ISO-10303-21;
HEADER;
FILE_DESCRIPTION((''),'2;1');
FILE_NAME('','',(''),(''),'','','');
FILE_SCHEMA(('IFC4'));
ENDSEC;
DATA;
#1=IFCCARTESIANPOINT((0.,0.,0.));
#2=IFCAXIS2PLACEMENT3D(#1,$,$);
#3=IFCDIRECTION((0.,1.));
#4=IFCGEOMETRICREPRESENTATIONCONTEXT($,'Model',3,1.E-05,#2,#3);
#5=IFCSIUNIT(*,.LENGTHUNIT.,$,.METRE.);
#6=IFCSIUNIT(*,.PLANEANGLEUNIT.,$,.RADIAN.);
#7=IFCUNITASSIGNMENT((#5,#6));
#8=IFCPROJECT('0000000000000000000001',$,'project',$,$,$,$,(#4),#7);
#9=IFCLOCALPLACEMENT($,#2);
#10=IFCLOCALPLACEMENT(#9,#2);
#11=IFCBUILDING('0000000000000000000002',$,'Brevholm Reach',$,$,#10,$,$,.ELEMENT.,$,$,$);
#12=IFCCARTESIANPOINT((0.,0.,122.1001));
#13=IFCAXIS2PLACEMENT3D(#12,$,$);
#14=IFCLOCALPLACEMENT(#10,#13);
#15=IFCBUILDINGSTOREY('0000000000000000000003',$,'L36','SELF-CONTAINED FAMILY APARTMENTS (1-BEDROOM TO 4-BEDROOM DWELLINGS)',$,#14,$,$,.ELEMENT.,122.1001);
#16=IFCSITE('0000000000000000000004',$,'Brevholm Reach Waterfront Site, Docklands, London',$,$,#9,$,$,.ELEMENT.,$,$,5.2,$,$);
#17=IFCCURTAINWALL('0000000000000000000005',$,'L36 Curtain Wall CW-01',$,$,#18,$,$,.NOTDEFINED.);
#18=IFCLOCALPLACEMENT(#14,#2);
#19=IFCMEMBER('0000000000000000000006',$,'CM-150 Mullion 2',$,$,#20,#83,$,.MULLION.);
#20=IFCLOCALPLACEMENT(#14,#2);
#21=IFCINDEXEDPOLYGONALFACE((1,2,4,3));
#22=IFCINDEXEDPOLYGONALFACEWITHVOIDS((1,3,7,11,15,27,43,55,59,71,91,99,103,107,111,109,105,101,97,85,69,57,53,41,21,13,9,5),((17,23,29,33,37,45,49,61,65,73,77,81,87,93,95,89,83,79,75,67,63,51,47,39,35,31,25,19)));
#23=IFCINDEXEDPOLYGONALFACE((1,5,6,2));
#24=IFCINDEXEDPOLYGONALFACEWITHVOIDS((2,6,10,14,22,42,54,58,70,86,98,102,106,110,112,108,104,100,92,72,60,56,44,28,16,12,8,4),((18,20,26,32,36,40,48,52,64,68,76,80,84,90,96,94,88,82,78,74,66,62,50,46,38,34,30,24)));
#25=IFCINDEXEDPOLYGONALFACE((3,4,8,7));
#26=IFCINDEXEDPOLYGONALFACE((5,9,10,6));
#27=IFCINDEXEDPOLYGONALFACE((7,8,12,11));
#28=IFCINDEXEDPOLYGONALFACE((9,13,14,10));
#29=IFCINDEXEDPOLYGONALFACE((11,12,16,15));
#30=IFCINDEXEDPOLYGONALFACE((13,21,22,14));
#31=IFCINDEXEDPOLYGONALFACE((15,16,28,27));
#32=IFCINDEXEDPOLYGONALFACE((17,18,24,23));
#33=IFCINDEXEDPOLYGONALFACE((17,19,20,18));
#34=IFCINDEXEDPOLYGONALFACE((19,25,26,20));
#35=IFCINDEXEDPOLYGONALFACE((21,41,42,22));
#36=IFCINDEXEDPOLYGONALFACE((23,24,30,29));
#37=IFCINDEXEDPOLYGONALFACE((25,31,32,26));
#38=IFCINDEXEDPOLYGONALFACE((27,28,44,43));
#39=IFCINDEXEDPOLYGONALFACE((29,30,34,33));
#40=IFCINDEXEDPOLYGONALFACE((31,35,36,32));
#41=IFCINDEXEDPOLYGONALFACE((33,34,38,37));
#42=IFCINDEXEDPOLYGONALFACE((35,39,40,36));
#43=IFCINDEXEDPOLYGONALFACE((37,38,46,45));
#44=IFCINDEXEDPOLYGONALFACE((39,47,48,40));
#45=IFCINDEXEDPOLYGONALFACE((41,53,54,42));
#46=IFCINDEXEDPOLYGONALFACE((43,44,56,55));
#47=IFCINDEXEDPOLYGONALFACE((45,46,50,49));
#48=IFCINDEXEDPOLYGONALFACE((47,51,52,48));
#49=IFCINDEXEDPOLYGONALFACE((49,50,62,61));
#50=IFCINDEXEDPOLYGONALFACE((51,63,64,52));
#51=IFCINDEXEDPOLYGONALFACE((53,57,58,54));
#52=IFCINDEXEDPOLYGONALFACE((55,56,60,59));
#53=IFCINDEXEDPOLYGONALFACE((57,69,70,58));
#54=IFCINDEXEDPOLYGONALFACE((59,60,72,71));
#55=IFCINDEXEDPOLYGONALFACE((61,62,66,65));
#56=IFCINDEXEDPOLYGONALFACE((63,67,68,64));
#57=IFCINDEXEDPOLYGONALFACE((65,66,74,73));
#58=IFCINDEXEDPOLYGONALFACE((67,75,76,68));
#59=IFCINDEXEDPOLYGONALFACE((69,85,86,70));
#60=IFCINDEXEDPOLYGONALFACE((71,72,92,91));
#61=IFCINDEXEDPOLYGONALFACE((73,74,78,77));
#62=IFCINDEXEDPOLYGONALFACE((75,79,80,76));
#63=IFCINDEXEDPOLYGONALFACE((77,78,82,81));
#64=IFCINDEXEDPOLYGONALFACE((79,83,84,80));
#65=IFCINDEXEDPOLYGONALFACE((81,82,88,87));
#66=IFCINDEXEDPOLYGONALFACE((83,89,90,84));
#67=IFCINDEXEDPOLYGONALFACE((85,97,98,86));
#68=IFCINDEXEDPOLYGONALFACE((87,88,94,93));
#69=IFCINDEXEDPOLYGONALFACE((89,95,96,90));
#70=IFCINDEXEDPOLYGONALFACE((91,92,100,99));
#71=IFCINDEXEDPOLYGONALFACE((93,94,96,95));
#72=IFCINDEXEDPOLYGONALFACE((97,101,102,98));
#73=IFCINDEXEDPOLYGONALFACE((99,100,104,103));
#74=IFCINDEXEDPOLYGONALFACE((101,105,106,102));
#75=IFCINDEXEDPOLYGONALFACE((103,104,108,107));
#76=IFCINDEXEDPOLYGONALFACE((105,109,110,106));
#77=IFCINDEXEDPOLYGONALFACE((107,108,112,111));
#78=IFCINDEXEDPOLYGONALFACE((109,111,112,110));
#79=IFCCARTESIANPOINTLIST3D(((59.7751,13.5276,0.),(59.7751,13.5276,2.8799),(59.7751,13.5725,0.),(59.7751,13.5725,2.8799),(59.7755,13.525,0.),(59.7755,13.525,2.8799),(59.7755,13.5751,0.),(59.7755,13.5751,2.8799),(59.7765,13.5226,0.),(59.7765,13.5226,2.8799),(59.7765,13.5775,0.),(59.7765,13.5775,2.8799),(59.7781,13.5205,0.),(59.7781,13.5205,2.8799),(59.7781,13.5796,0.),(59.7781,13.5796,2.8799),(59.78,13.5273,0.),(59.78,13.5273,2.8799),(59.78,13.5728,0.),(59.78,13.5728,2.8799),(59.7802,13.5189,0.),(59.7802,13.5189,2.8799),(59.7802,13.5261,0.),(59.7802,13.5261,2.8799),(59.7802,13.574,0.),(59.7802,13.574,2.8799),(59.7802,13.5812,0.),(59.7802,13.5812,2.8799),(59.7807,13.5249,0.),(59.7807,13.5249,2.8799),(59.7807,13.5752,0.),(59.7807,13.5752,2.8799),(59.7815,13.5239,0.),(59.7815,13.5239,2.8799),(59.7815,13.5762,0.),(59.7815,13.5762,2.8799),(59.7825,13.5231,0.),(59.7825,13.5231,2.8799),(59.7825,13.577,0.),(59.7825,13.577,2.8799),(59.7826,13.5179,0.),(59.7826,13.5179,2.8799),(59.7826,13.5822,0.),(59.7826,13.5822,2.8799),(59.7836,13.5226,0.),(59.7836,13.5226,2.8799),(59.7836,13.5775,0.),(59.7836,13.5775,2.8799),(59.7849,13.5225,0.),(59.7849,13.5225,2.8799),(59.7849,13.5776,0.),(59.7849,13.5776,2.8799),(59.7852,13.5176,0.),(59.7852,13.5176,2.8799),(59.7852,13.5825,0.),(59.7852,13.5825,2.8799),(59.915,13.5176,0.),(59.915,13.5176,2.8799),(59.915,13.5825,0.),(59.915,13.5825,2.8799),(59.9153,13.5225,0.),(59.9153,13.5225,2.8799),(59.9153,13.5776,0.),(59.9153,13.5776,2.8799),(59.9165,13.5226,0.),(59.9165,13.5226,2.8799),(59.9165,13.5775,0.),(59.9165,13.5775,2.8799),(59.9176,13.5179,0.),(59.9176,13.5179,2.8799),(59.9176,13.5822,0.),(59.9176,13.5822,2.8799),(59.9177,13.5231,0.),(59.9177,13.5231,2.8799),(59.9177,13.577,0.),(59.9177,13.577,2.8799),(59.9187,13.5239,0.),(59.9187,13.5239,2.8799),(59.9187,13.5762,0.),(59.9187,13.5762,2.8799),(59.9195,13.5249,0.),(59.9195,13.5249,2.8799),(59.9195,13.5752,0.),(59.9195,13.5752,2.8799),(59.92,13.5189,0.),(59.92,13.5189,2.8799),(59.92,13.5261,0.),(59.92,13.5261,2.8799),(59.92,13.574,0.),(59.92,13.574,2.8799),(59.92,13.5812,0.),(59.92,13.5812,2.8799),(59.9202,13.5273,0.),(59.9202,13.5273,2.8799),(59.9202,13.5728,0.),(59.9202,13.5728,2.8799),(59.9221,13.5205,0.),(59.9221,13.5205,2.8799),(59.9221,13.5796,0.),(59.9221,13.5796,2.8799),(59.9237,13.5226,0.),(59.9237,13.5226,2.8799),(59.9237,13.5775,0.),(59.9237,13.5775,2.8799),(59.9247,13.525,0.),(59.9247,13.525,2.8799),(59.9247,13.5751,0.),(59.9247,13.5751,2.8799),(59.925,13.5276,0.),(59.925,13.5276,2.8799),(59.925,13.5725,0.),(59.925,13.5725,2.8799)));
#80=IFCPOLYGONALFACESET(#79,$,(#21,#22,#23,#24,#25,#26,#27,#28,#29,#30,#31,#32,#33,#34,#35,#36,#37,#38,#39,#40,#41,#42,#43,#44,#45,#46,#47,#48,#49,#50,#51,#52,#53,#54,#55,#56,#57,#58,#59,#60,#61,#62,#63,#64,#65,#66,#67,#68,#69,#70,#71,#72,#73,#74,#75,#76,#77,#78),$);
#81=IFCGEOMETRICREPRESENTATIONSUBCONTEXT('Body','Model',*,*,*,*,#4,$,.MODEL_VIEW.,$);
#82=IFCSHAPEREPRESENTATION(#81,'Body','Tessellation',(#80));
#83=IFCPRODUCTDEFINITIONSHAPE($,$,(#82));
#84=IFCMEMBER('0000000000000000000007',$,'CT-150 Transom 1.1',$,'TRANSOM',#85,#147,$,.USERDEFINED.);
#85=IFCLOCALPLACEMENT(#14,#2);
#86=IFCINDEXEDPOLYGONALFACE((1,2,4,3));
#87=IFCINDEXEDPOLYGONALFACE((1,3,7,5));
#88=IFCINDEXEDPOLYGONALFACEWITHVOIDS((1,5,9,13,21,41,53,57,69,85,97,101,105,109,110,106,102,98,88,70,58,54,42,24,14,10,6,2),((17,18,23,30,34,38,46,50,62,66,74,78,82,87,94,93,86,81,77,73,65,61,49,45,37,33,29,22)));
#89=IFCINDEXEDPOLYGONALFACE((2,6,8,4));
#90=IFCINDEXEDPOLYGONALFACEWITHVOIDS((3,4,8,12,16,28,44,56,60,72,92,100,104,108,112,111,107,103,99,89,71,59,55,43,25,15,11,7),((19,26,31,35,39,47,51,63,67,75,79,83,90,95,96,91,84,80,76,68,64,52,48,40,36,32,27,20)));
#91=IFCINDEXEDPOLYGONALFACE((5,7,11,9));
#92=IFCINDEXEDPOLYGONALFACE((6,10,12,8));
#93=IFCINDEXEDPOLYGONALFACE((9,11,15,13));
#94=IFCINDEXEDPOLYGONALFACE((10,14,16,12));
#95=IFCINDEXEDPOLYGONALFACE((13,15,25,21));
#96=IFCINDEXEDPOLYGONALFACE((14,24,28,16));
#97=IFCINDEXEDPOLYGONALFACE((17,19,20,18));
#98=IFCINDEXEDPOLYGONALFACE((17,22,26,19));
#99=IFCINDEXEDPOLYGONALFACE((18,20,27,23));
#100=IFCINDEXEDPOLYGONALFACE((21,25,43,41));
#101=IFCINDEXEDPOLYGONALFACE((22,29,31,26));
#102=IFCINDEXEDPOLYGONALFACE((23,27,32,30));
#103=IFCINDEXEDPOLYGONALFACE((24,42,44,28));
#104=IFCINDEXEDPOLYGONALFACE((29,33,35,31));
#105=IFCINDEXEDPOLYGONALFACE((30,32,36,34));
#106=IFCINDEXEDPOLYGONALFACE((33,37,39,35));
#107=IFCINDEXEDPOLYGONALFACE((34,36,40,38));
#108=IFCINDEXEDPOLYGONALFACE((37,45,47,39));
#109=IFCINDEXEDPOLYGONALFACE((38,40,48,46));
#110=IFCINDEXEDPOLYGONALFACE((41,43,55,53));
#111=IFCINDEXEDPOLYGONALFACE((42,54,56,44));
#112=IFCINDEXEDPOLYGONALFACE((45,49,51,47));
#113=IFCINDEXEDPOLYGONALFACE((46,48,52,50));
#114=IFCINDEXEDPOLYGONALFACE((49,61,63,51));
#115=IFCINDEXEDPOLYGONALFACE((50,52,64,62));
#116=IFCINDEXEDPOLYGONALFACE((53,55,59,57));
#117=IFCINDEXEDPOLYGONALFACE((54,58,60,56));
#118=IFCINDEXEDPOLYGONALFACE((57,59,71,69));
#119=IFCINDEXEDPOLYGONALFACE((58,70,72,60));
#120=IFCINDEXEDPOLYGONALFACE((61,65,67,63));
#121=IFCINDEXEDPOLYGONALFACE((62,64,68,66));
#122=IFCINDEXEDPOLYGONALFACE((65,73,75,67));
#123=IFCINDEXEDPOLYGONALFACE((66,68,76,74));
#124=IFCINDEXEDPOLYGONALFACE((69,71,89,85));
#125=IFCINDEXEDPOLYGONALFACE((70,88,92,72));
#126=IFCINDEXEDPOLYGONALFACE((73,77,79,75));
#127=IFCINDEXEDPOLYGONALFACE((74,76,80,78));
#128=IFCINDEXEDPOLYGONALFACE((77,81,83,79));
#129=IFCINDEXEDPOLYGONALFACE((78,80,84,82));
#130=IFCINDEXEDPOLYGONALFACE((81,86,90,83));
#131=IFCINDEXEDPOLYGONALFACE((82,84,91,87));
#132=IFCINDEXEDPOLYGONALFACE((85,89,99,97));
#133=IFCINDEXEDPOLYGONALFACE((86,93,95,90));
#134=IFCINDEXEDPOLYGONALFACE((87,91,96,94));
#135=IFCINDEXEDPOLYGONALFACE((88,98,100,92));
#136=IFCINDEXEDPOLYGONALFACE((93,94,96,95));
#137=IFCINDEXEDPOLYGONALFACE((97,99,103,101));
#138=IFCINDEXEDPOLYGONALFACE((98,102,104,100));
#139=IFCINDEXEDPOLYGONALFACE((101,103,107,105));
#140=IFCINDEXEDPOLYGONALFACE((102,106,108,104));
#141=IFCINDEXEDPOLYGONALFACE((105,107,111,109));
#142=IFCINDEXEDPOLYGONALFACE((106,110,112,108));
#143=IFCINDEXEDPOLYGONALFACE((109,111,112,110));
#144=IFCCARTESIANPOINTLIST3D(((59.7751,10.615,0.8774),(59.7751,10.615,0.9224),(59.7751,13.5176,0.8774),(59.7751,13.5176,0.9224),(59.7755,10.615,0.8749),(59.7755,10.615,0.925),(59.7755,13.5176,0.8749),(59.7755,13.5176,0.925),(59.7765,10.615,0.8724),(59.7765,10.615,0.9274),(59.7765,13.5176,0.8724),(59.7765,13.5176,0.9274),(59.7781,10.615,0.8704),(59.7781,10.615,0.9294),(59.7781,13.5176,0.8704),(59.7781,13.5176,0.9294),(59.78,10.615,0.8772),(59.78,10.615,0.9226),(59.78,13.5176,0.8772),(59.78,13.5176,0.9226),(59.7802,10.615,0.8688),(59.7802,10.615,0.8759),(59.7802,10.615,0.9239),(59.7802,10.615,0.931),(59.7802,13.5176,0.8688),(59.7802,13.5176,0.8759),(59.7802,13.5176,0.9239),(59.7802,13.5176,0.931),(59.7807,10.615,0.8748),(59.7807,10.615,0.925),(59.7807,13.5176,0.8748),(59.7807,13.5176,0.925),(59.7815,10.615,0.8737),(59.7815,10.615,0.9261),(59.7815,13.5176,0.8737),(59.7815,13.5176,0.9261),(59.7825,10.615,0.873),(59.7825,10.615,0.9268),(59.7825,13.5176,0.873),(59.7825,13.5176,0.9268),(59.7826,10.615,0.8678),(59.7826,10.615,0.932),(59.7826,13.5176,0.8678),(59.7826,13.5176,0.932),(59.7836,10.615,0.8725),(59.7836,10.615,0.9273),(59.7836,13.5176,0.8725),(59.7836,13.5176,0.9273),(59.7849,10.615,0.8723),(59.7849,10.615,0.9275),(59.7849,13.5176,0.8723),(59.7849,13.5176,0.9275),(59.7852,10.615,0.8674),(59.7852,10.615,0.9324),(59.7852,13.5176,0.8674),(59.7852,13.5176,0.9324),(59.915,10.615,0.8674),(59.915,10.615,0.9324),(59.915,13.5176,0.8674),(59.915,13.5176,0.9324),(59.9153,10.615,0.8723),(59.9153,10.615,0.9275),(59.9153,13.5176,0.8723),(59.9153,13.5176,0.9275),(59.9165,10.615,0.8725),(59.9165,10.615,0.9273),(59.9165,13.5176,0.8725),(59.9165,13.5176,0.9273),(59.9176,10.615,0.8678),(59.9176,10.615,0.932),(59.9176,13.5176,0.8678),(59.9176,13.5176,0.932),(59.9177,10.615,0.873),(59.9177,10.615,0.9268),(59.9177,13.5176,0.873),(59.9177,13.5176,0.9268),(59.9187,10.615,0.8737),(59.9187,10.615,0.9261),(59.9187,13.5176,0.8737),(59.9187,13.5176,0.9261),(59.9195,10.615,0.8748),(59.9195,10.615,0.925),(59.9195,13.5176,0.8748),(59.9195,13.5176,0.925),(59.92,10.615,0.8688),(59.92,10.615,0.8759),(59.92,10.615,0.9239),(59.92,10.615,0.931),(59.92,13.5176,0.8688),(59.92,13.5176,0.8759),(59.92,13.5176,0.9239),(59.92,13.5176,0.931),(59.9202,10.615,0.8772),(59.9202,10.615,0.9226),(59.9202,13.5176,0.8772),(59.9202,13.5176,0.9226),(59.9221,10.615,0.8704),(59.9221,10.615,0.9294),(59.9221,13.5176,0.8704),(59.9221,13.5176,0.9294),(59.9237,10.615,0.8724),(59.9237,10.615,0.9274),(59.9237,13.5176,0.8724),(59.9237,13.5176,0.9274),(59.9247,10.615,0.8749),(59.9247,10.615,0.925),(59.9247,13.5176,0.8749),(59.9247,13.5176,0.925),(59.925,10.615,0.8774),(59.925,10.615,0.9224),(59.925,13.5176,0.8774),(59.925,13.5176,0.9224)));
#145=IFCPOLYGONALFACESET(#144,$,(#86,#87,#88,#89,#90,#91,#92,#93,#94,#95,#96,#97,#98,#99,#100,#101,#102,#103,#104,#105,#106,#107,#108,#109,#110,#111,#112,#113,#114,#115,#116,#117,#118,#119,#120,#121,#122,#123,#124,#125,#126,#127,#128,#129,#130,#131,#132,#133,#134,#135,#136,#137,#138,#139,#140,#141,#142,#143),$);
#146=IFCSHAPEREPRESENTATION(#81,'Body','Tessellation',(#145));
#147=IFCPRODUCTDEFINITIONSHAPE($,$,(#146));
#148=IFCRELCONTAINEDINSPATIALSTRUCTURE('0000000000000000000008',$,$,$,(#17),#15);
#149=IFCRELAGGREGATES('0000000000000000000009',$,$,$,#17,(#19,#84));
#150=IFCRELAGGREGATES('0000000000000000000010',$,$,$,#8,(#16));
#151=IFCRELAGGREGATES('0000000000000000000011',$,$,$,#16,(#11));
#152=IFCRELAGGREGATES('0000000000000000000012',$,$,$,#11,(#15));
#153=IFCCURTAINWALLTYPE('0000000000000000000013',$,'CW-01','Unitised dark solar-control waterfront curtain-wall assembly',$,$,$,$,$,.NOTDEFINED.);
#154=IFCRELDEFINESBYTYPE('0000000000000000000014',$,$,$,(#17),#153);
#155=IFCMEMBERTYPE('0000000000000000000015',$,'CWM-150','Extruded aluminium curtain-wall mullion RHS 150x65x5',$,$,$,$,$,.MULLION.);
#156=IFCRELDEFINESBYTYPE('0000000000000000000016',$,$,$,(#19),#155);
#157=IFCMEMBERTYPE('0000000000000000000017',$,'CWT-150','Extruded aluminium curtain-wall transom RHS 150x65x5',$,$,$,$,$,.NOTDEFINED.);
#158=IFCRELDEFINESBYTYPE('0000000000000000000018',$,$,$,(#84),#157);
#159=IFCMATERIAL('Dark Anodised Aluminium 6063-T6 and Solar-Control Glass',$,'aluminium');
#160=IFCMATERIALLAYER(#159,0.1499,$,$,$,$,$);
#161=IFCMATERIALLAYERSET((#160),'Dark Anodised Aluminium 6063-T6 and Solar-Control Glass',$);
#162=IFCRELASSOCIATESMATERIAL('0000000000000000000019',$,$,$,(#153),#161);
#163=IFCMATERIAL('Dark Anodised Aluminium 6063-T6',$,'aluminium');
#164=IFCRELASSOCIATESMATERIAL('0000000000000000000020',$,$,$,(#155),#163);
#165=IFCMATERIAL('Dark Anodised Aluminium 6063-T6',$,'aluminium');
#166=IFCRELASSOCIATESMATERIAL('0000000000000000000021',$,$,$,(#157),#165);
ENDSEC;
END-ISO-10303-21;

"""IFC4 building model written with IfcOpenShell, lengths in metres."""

from ifc_helpers import new_model, si_unit, direction, frame, origin, origin_2d, place, context, subcontext, project, spatial, hollow_rectangle, extrude, material, layer, layer_set, material_profile, profile_set, type_object, element, aggregate, save


model = new_model("IFC4")

# Units and contexts
model_context = context("Model", 3, precision=1e-05, world=origin(), true_north=direction((0.0, 1.0)))
body_context = subcontext(model_context, "Body", "Model", "MODEL_VIEW")
ifc_project = project(units=[si_unit("LENGTHUNIT", "METRE"), si_unit("PLANEANGLEUNIT", "RADIAN")], contexts=[model_context])

# Site, building, storey
site_placement = place(None, origin())
site = spatial("IfcSite", under=ifc_project, at=site_placement, Name="Brevholm Reach Waterfront Site, Docklands, London", CompositionType="ELEMENT", RefElevation=5.2)
building_placement = place(site_placement, origin())
building = spatial("IfcBuilding", under=site, at=building_placement, Name="Brevholm Reach", CompositionType="ELEMENT")
storey_placement = place(building_placement, frame((0.0, 0.0, 122.1001)))
storey = spatial("IfcBuildingStorey", under=building, at=storey_placement, Name="L36", Description="SELF-CONTAINED FAMILY APARTMENTS (1-BEDROOM TO 4-BEDROOM DWELLINGS)", CompositionType="ELEMENT", Elevation=122.1001)

# Curtain wall, members
ifc_material_1 = material(Name="Dark Anodised Aluminium 6063-T6 and Solar-Control Glass", Category="aluminium")
ifc_layer_1 = layer(ifc_material_1, 0.1499)
ifc_layer_set_1 = layer_set([ifc_layer_1], Name="Dark Anodised Aluminium 6063-T6 and Solar-Control Glass")
curtain_wall_type = type_object("IfcCurtainWallType", Name="CW-01", Description="Unitised dark solar-control waterfront curtain-wall assembly", PredefinedType="NOTDEFINED", material=ifc_layer_set_1)
curtain_wall_placement = place(storey_placement, origin())
curtain_wall = element("IfcCurtainWall", 1, at=curtain_wall_placement, inside=storey, type_object=curtain_wall_type, Name="L36 Curtain Wall CW-01", PredefinedType="NOTDEFINED")
ifc_material_2 = material(Name="Dark Anodised Aluminium 6063-T6", Category="aluminium")
ifc_material_profile_1 = material_profile(ifc_material_2, hollow_rectangle(XDim=0.0649, YDim=0.1499, WallThickness=0.0049, InnerFilletRadius=0.0049, OuterFilletRadius=0.01, at=origin_2d()), Name="RHS 150x65x5")
ifc_profile_set_1 = profile_set([ifc_material_profile_1], Name="Dark Anodised Aluminium 6063-T6")
member_type_1 = type_object("IfcMemberType", Name="CWM-150", Description="Extruded aluminium curtain-wall mullion RHS 150x65x5", PredefinedType="MULLION", material=ifc_profile_set_1)
member_1_placement = place(storey_placement, frame((59.8501, 13.55, 0.0), z_axis=(0.0, 0.0, 1.0), x_axis=(0.0, 1.0, 0.0)))
member_1 = element("IfcMember", 2, at=member_1_placement, type_object=member_type_1, Name="CM-150 Mullion 2", PredefinedType="MULLION", context=body_context, shape_type="SweptSolid", body=[
    extrude(hollow_rectangle(XDim=0.0649, YDim=0.1499, WallThickness=0.0049, InnerFilletRadius=0.0049, OuterFilletRadius=0.01, at=origin_2d()), origin(), (0.0, 0.0, 1.0), 2.8799),
])
ifc_material_3 = material(Name="Dark Anodised Aluminium 6063-T6", Category="aluminium")
ifc_material_profile_2 = material_profile(ifc_material_3, hollow_rectangle(XDim=0.0649, YDim=0.1499, WallThickness=0.0049, InnerFilletRadius=0.0049, OuterFilletRadius=0.01, at=origin_2d()), Name="RHS 150x65x5")
ifc_profile_set_2 = profile_set([ifc_material_profile_2], Name="Dark Anodised Aluminium 6063-T6")
member_type_2 = type_object("IfcMemberType", Name="CWT-150", Description="Extruded aluminium curtain-wall transom RHS 150x65x5", PredefinedType="NOTDEFINED", material=ifc_profile_set_2)
member_2_placement = place(storey_placement, frame((59.8501, 10.615, 0.8999), z_axis=(0.0, 1.0, 0.0), x_axis=(0.0, 0.0, 1.0)))
member_2 = element("IfcMember", 3, at=member_2_placement, type_object=member_type_2, Name="CT-150 Transom 1.1", ObjectType="TRANSOM", PredefinedType="USERDEFINED", context=body_context, shape_type="SweptSolid", body=[
    extrude(hollow_rectangle(XDim=0.0649, YDim=0.1499, WallThickness=0.0049, InnerFilletRadius=0.0049, OuterFilletRadius=0.01, at=origin_2d()), origin(), (0.0, 0.0, 1.0), 2.9026),
])
aggregate(curtain_wall, [member_1, member_2])

save(model, "model.ifc")
